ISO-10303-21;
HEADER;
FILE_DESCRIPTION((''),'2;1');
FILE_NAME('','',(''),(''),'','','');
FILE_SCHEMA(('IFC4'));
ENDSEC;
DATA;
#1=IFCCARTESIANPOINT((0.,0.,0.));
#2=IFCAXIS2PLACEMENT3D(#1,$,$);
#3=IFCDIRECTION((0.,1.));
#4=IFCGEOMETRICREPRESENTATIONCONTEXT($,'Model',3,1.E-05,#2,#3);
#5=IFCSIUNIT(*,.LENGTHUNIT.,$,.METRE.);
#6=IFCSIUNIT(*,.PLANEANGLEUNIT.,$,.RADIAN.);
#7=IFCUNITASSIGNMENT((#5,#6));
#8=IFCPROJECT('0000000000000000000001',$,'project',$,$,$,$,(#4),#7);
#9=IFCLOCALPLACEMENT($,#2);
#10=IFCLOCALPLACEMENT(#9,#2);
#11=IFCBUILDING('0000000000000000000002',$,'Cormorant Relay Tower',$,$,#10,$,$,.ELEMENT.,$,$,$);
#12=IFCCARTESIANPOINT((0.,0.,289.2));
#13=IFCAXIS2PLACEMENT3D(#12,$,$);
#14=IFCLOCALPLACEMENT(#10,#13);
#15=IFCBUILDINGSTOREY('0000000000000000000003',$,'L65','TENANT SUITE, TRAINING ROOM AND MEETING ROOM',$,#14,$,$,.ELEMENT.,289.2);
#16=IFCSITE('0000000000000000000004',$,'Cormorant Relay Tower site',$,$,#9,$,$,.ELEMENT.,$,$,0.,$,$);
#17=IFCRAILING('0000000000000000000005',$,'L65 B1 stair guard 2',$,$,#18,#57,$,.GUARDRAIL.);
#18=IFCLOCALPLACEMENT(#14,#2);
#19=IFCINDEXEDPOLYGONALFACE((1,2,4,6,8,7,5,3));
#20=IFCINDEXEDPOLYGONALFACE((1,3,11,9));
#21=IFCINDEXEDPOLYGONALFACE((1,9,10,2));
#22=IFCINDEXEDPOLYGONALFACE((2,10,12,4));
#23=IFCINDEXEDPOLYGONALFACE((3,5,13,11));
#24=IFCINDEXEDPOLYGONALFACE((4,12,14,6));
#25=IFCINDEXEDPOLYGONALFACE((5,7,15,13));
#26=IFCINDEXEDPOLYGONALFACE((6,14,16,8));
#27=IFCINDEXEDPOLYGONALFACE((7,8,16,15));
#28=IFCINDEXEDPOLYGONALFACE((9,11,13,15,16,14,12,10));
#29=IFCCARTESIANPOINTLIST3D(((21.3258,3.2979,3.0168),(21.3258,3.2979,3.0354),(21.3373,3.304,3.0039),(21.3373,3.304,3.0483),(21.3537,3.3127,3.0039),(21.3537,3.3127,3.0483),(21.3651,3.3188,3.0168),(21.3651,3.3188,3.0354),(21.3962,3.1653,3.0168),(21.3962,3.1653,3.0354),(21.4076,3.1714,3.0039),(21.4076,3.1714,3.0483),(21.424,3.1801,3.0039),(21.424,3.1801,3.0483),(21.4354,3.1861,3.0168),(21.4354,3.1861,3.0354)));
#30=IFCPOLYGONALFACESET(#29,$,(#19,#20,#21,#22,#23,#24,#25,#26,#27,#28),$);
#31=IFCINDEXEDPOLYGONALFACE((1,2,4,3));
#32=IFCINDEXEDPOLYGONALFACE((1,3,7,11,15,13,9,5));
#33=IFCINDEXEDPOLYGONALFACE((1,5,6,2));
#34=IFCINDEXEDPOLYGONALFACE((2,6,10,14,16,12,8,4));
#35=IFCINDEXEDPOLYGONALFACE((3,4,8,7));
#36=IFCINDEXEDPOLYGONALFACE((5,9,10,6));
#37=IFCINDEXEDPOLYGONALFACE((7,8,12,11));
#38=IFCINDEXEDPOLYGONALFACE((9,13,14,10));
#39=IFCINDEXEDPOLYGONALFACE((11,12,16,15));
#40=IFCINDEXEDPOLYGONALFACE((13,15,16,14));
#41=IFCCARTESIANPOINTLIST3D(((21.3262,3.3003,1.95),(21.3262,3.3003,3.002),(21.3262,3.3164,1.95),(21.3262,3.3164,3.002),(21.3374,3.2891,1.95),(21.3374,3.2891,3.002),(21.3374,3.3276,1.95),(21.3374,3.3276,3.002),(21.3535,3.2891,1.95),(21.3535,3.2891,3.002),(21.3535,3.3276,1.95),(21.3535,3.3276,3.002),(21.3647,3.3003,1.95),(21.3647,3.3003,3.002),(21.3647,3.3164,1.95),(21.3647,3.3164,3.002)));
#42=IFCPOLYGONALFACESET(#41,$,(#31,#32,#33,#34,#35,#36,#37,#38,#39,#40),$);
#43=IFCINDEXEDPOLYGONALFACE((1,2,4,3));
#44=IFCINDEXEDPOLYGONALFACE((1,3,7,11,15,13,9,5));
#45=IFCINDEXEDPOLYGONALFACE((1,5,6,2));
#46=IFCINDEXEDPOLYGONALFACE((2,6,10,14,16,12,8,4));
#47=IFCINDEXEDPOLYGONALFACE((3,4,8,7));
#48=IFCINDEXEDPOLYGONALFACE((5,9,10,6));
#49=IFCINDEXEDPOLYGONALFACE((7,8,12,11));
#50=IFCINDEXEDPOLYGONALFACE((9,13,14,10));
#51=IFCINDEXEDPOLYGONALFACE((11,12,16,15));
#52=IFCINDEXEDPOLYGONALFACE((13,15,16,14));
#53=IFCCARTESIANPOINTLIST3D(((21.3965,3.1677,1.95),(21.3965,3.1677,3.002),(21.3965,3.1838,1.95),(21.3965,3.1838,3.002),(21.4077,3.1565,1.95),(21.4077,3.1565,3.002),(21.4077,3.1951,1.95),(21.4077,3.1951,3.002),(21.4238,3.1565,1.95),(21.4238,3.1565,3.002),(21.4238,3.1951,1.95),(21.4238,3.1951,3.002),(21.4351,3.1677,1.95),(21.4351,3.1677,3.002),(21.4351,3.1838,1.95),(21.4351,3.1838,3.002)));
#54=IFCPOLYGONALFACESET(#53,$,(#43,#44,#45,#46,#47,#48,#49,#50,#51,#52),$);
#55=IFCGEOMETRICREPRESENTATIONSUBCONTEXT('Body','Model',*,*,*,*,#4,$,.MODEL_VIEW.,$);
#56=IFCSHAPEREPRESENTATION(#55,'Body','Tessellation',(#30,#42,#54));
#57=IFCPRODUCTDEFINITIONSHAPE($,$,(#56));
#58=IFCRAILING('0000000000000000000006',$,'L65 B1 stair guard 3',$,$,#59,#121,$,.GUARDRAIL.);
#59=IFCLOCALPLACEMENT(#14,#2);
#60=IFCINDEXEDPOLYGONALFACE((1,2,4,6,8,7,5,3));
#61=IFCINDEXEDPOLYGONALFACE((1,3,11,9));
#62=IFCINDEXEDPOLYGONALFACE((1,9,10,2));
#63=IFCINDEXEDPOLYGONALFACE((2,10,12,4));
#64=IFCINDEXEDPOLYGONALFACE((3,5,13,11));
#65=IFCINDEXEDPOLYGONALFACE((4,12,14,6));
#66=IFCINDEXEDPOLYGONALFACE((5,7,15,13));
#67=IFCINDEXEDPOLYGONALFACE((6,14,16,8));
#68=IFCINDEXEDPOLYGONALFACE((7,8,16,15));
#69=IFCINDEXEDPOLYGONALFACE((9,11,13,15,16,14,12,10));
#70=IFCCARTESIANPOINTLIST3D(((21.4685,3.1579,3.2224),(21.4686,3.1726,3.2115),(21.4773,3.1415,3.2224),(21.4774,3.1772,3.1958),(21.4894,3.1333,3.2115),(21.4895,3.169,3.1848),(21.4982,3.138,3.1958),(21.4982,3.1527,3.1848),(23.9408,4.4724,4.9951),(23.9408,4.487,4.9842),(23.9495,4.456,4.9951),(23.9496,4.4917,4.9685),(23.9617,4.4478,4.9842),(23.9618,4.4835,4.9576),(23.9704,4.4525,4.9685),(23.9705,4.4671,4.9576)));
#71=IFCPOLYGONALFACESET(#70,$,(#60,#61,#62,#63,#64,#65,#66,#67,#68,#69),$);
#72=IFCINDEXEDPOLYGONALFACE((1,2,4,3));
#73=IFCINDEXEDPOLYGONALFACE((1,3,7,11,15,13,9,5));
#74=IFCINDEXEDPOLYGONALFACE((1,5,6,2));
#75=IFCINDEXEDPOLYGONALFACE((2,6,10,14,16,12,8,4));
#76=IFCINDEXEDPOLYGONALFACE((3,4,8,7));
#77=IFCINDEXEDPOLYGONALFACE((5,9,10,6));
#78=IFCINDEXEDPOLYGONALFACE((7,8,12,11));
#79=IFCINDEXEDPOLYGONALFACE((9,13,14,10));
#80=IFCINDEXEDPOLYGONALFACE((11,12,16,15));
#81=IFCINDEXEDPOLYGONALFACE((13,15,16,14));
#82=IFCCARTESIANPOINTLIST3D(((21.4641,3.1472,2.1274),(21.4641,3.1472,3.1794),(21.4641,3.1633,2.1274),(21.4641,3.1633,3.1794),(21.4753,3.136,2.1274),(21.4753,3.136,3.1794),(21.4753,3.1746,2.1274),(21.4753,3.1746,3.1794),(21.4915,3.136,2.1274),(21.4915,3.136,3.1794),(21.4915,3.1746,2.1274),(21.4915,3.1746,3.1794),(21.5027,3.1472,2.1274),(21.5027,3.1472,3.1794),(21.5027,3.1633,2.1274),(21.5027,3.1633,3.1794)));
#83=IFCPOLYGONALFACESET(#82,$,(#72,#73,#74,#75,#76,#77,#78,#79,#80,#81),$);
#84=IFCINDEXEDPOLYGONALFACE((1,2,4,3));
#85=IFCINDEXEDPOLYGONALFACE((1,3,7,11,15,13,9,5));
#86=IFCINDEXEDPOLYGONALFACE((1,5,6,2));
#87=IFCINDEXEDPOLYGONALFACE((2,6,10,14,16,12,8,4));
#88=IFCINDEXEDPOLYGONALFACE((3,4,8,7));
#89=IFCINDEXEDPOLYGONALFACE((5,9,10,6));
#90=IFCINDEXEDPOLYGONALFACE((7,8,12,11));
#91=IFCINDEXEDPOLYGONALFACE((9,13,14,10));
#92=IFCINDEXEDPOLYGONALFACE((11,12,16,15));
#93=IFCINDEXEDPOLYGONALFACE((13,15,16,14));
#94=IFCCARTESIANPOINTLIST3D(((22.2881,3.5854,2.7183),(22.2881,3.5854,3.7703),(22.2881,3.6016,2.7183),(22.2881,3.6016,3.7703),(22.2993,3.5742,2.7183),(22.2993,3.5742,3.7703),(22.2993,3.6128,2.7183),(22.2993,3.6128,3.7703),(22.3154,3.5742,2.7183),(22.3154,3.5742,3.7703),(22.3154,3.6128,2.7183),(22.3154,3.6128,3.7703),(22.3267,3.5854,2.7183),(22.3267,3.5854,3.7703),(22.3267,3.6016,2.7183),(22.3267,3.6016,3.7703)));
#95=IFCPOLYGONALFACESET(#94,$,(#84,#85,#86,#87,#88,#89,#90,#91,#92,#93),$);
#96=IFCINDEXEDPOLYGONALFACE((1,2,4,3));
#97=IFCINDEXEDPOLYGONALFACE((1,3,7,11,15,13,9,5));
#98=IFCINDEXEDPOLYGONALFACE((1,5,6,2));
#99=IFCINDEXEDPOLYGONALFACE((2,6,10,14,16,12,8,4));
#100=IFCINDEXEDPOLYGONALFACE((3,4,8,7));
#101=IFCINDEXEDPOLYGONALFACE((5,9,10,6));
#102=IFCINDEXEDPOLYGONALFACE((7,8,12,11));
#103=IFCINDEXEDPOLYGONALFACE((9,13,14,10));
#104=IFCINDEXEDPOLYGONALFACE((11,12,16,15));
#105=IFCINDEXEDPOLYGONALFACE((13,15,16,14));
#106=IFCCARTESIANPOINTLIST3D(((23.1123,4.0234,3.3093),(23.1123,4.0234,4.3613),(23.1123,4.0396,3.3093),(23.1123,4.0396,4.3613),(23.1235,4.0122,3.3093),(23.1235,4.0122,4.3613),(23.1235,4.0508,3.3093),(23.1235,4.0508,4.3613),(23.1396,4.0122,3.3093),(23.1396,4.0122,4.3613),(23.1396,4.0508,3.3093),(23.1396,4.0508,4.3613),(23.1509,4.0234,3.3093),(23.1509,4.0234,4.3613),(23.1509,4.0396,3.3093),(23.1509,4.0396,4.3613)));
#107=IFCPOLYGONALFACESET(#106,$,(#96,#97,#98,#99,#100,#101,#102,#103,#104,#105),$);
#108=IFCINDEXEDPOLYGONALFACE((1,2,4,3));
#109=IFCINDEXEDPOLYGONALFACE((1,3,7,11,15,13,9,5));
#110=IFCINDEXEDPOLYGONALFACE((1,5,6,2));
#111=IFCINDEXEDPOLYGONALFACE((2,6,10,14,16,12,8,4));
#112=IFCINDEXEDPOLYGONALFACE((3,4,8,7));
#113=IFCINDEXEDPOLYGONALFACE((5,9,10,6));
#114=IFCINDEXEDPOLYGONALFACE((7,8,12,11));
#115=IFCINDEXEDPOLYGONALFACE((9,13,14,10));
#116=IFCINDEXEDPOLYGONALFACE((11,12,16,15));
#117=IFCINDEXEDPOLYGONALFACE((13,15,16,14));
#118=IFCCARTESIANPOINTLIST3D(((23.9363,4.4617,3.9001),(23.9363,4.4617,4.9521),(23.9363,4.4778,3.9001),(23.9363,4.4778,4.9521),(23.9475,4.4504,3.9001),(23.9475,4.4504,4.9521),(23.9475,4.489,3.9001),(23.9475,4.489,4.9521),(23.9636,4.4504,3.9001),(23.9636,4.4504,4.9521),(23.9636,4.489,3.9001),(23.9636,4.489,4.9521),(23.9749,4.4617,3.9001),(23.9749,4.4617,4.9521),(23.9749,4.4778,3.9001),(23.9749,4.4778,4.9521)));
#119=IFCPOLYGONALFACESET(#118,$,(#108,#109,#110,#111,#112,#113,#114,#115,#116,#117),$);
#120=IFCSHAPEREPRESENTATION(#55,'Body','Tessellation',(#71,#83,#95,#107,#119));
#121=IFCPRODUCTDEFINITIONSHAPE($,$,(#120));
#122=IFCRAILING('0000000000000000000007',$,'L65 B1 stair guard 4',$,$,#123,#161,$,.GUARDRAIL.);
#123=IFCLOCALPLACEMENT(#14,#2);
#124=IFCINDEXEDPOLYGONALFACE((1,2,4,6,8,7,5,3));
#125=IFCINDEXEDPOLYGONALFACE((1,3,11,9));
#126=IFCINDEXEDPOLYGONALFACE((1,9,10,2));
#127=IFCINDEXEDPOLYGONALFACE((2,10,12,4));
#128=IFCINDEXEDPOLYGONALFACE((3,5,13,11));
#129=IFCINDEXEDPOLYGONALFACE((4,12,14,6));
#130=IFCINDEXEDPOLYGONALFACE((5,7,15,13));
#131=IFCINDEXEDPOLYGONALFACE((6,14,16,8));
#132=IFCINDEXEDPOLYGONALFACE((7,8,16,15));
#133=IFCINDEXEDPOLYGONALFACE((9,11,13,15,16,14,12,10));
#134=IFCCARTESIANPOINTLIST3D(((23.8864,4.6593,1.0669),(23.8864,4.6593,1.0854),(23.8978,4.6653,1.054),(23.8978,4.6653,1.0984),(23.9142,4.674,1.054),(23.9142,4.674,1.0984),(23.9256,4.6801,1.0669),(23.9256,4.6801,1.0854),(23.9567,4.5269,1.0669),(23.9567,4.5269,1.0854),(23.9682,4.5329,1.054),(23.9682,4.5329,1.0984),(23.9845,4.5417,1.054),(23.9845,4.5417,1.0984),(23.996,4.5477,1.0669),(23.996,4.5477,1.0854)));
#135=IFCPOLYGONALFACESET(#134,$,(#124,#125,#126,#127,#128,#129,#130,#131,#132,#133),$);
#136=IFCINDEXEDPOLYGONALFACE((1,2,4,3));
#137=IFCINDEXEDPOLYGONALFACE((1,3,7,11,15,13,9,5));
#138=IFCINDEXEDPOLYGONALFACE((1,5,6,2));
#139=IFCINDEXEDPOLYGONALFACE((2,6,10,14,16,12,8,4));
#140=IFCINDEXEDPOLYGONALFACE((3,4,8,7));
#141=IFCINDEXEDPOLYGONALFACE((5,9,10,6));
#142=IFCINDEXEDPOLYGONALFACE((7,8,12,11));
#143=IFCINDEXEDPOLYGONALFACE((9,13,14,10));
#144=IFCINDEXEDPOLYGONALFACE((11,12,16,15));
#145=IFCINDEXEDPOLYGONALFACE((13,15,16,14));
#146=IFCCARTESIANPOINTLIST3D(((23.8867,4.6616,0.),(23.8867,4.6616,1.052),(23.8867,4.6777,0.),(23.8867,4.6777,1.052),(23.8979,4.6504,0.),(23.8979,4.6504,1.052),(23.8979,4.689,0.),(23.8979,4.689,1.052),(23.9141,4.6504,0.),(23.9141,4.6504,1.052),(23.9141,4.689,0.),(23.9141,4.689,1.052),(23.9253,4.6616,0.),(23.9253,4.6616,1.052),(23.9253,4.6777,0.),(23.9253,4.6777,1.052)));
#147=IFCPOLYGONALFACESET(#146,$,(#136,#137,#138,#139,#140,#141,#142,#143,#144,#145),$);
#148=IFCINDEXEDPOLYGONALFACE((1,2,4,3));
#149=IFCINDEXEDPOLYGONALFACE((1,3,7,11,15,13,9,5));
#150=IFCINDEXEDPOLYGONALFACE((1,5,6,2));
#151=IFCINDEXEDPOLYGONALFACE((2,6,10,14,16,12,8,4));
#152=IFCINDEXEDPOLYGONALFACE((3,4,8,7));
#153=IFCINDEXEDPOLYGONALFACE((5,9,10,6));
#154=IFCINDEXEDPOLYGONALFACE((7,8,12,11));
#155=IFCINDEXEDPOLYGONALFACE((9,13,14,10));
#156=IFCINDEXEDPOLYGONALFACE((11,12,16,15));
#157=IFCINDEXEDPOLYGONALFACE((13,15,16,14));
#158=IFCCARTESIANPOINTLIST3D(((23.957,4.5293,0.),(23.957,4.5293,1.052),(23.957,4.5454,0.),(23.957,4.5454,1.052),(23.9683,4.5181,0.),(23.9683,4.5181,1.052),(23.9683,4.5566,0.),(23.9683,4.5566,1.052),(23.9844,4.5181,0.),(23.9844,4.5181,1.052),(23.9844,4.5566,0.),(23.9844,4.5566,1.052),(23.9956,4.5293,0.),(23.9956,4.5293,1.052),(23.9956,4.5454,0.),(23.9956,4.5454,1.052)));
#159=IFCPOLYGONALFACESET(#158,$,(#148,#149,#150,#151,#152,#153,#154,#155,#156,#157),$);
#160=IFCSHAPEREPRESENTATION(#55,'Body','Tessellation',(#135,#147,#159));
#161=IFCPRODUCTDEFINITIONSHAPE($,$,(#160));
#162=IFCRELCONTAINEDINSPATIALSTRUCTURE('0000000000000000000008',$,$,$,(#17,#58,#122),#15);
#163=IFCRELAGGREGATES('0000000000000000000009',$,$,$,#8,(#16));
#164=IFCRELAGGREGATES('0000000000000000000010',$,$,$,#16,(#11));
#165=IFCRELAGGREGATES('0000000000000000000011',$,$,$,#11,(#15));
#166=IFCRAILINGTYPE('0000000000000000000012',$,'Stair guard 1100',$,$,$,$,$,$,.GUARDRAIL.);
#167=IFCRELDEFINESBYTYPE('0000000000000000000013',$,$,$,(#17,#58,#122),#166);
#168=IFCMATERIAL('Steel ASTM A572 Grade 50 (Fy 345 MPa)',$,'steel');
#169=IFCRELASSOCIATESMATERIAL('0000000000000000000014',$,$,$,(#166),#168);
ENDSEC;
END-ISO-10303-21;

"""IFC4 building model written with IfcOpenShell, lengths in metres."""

from ifc_helpers import new_model, si_unit, direction, frame, origin, place, context, subcontext, project, spatial, polyline, outline, extrude, material, type_object, element, save


model = new_model("IFC4")

# Units and contexts
model_context = context("Model", 3, precision=1e-05, world=origin(), true_north=direction((0.0, 1.0)))
body_context = subcontext(model_context, "Body", "Model", "MODEL_VIEW")
ifc_project = project(units=[si_unit("LENGTHUNIT", "METRE"), si_unit("PLANEANGLEUNIT", "RADIAN")], contexts=[model_context])

# Site, building, storey
site_placement = place(None, origin())
site = spatial("IfcSite", under=ifc_project, at=site_placement, Name="Cormorant Relay Tower site", CompositionType="ELEMENT", RefElevation=0.0)
building_placement = place(site_placement, origin())
building = spatial("IfcBuilding", under=site, at=building_placement, Name="Cormorant Relay Tower", CompositionType="ELEMENT")
storey_placement = place(building_placement, frame((0.0, 0.0, 289.2)))
storey = spatial("IfcBuildingStorey", under=building, at=storey_placement, Name="L65", Description="TENANT SUITE, TRAINING ROOM AND MEETING ROOM", CompositionType="ELEMENT", Elevation=289.2)

# Railings
ifc_material_1 = material(Name="Steel ASTM A572 Grade 50 (Fy 345 MPa)", Category="steel")
railing_type_1 = type_object("IfcRailingType", Name="Stair guard 1100", PredefinedType="GUARDRAIL", material=ifc_material_1)
railing_1_placement = place(storey_placement, frame((21.3455, 3.3083, 1.95)))
element("IfcRailing", 1, at=railing_1_placement, inside=storey, type_object=railing_type_1, Name="L65 B1 stair guard 2", PredefinedType="GUARDRAIL", context=body_context, shape_type="SweptSolid", body=[
    extrude(outline(polyline([(0.0222, 0.0093), (0.0093, 0.0222), (-0.0093, 0.0222), (-0.0222, 0.0093), (-0.0222, -0.0093), (-0.0093, -0.0222), (0.0093, -0.0222), (0.0222, -0.0093), (0.0222, 0.0093)])), frame((0.0, 0.0, 1.0762), z_axis=(0.46856, -0.883431, 0.0), x_axis=(0.883431, 0.46856, 0.0)), (0.0, 0.0, 1.0), 0.1501),
    extrude(outline(polyline([(0.0193, 0.0081), (0.0081, 0.0193), (-0.0081, 0.0193), (-0.0193, 0.0081), (-0.0193, -0.0081), (-0.0081, -0.0193), (0.0081, -0.0193), (0.0193, -0.0081), (0.0193, 0.0081)])), origin(), (0.0, 0.0, 1.0), 1.052),
    extrude(outline(polyline([(0.0193, 0.0081), (0.0081, 0.0193), (-0.0081, 0.0193), (-0.0193, 0.0081), (-0.0193, -0.0081), (-0.0081, -0.0193), (0.0081, -0.0193), (0.0193, -0.0081), (0.0193, 0.0081)])), frame((0.0703, -0.1326, 0.0)), (0.0, 0.0, 1.0), 1.052),
])
railing_2_placement = place(storey_placement, frame((21.4834, 3.1553, 2.1274)))
element("IfcRailing", 2, at=railing_2_placement, inside=storey, type_object=railing_type_1, Name="L65 B1 stair guard 3", PredefinedType="GUARDRAIL", context=body_context, shape_type="SweptSolid", body=[
    extrude(outline(polyline([(0.0222, 0.0093), (0.0093, 0.0222), (-0.0093, 0.0222), (-0.0222, 0.0093), (-0.0222, -0.0093), (-0.0093, -0.0222), (0.0093, -0.0222), (0.0222, -0.0093), (0.0222, 0.0093)])), frame((0.0, 0.0, 1.0762), z_axis=(0.746001, 0.396649, 0.534931), x_axis=(-0.469465, 0.882951, 0.0)), (0.0, 0.0, 1.0), 3.314),
    extrude(outline(polyline([(0.0193, 0.0081), (0.0081, 0.0193), (-0.0081, 0.0193), (-0.0193, 0.0081), (-0.0193, -0.0081), (-0.0081, -0.0193), (0.0081, -0.0193), (0.0193, -0.0081), (0.0193, 0.0081)])), origin(), (0.0, 0.0, 1.0), 1.052),
    extrude(outline(polyline([(0.0193, 0.0081), (0.0081, 0.0193), (-0.0081, 0.0193), (-0.0193, 0.0081), (-0.0193, -0.0081), (-0.0081, -0.0193), (0.0081, -0.0193), (0.0193, -0.0081), (0.0193, 0.0081)])), frame((0.824, 0.4382, 0.5908)), (0.0, 0.0, 1.0), 1.052),
    extrude(outline(polyline([(0.0193, 0.0081), (0.0081, 0.0193), (-0.0081, 0.0193), (-0.0193, 0.0081), (-0.0193, -0.0081), (-0.0081, -0.0193), (0.0081, -0.0193), (0.0193, -0.0081), (0.0193, 0.0081)])), frame((1.6482, 0.8762, 1.1819)), (0.0, 0.0, 1.0), 1.052),
    extrude(outline(polyline([(0.0193, 0.0081), (0.0081, 0.0193), (-0.0081, 0.0193), (-0.0193, 0.0081), (-0.0193, -0.0081), (-0.0081, -0.0193), (0.0081, -0.0193), (0.0193, -0.0081), (0.0193, 0.0081)])), frame((2.4722, 1.3145, 1.7727)), (0.0, 0.0, 1.0), 1.052),
])
railing_3_placement = place(storey_placement, frame((23.906, 4.6697, 0.0)))
element("IfcRailing", 3, at=railing_3_placement, inside=storey, type_object=railing_type_1, Name="L65 B1 stair guard 4", PredefinedType="GUARDRAIL", context=body_context, shape_type="SweptSolid", body=[
    extrude(outline(polyline([(0.0222, 0.0093), (0.0093, 0.0222), (-0.0093, 0.0222), (-0.0222, 0.0093), (-0.0222, -0.0093), (-0.0093, -0.0222), (0.0093, -0.0222), (0.0222, -0.0093), (0.0222, 0.0093)])), frame((0.0, 0.0, 1.0762), z_axis=(0.469235, -0.883074, 0.0), x_axis=(0.883074, 0.469235, 0.0)), (0.0, 0.0, 1.0), 0.1499),
    extrude(outline(polyline([(0.0193, 0.0081), (0.0081, 0.0193), (-0.0081, 0.0193), (-0.0193, 0.0081), (-0.0193, -0.0081), (-0.0081, -0.0193), (0.0081, -0.0193), (0.0193, -0.0081), (0.0193, 0.0081)])), origin(), (0.0, 0.0, 1.0), 1.052),
    extrude(outline(polyline([(0.0193, 0.0081), (0.0081, 0.0193), (-0.0081, 0.0193), (-0.0193, 0.0081), (-0.0193, -0.0081), (-0.0081, -0.0193), (0.0081, -0.0193), (0.0193, -0.0081), (0.0193, 0.0081)])), frame((0.0703, -0.1323, 0.0)), (0.0, 0.0, 1.0), 1.052),
])

save(model, "model.ifc")
